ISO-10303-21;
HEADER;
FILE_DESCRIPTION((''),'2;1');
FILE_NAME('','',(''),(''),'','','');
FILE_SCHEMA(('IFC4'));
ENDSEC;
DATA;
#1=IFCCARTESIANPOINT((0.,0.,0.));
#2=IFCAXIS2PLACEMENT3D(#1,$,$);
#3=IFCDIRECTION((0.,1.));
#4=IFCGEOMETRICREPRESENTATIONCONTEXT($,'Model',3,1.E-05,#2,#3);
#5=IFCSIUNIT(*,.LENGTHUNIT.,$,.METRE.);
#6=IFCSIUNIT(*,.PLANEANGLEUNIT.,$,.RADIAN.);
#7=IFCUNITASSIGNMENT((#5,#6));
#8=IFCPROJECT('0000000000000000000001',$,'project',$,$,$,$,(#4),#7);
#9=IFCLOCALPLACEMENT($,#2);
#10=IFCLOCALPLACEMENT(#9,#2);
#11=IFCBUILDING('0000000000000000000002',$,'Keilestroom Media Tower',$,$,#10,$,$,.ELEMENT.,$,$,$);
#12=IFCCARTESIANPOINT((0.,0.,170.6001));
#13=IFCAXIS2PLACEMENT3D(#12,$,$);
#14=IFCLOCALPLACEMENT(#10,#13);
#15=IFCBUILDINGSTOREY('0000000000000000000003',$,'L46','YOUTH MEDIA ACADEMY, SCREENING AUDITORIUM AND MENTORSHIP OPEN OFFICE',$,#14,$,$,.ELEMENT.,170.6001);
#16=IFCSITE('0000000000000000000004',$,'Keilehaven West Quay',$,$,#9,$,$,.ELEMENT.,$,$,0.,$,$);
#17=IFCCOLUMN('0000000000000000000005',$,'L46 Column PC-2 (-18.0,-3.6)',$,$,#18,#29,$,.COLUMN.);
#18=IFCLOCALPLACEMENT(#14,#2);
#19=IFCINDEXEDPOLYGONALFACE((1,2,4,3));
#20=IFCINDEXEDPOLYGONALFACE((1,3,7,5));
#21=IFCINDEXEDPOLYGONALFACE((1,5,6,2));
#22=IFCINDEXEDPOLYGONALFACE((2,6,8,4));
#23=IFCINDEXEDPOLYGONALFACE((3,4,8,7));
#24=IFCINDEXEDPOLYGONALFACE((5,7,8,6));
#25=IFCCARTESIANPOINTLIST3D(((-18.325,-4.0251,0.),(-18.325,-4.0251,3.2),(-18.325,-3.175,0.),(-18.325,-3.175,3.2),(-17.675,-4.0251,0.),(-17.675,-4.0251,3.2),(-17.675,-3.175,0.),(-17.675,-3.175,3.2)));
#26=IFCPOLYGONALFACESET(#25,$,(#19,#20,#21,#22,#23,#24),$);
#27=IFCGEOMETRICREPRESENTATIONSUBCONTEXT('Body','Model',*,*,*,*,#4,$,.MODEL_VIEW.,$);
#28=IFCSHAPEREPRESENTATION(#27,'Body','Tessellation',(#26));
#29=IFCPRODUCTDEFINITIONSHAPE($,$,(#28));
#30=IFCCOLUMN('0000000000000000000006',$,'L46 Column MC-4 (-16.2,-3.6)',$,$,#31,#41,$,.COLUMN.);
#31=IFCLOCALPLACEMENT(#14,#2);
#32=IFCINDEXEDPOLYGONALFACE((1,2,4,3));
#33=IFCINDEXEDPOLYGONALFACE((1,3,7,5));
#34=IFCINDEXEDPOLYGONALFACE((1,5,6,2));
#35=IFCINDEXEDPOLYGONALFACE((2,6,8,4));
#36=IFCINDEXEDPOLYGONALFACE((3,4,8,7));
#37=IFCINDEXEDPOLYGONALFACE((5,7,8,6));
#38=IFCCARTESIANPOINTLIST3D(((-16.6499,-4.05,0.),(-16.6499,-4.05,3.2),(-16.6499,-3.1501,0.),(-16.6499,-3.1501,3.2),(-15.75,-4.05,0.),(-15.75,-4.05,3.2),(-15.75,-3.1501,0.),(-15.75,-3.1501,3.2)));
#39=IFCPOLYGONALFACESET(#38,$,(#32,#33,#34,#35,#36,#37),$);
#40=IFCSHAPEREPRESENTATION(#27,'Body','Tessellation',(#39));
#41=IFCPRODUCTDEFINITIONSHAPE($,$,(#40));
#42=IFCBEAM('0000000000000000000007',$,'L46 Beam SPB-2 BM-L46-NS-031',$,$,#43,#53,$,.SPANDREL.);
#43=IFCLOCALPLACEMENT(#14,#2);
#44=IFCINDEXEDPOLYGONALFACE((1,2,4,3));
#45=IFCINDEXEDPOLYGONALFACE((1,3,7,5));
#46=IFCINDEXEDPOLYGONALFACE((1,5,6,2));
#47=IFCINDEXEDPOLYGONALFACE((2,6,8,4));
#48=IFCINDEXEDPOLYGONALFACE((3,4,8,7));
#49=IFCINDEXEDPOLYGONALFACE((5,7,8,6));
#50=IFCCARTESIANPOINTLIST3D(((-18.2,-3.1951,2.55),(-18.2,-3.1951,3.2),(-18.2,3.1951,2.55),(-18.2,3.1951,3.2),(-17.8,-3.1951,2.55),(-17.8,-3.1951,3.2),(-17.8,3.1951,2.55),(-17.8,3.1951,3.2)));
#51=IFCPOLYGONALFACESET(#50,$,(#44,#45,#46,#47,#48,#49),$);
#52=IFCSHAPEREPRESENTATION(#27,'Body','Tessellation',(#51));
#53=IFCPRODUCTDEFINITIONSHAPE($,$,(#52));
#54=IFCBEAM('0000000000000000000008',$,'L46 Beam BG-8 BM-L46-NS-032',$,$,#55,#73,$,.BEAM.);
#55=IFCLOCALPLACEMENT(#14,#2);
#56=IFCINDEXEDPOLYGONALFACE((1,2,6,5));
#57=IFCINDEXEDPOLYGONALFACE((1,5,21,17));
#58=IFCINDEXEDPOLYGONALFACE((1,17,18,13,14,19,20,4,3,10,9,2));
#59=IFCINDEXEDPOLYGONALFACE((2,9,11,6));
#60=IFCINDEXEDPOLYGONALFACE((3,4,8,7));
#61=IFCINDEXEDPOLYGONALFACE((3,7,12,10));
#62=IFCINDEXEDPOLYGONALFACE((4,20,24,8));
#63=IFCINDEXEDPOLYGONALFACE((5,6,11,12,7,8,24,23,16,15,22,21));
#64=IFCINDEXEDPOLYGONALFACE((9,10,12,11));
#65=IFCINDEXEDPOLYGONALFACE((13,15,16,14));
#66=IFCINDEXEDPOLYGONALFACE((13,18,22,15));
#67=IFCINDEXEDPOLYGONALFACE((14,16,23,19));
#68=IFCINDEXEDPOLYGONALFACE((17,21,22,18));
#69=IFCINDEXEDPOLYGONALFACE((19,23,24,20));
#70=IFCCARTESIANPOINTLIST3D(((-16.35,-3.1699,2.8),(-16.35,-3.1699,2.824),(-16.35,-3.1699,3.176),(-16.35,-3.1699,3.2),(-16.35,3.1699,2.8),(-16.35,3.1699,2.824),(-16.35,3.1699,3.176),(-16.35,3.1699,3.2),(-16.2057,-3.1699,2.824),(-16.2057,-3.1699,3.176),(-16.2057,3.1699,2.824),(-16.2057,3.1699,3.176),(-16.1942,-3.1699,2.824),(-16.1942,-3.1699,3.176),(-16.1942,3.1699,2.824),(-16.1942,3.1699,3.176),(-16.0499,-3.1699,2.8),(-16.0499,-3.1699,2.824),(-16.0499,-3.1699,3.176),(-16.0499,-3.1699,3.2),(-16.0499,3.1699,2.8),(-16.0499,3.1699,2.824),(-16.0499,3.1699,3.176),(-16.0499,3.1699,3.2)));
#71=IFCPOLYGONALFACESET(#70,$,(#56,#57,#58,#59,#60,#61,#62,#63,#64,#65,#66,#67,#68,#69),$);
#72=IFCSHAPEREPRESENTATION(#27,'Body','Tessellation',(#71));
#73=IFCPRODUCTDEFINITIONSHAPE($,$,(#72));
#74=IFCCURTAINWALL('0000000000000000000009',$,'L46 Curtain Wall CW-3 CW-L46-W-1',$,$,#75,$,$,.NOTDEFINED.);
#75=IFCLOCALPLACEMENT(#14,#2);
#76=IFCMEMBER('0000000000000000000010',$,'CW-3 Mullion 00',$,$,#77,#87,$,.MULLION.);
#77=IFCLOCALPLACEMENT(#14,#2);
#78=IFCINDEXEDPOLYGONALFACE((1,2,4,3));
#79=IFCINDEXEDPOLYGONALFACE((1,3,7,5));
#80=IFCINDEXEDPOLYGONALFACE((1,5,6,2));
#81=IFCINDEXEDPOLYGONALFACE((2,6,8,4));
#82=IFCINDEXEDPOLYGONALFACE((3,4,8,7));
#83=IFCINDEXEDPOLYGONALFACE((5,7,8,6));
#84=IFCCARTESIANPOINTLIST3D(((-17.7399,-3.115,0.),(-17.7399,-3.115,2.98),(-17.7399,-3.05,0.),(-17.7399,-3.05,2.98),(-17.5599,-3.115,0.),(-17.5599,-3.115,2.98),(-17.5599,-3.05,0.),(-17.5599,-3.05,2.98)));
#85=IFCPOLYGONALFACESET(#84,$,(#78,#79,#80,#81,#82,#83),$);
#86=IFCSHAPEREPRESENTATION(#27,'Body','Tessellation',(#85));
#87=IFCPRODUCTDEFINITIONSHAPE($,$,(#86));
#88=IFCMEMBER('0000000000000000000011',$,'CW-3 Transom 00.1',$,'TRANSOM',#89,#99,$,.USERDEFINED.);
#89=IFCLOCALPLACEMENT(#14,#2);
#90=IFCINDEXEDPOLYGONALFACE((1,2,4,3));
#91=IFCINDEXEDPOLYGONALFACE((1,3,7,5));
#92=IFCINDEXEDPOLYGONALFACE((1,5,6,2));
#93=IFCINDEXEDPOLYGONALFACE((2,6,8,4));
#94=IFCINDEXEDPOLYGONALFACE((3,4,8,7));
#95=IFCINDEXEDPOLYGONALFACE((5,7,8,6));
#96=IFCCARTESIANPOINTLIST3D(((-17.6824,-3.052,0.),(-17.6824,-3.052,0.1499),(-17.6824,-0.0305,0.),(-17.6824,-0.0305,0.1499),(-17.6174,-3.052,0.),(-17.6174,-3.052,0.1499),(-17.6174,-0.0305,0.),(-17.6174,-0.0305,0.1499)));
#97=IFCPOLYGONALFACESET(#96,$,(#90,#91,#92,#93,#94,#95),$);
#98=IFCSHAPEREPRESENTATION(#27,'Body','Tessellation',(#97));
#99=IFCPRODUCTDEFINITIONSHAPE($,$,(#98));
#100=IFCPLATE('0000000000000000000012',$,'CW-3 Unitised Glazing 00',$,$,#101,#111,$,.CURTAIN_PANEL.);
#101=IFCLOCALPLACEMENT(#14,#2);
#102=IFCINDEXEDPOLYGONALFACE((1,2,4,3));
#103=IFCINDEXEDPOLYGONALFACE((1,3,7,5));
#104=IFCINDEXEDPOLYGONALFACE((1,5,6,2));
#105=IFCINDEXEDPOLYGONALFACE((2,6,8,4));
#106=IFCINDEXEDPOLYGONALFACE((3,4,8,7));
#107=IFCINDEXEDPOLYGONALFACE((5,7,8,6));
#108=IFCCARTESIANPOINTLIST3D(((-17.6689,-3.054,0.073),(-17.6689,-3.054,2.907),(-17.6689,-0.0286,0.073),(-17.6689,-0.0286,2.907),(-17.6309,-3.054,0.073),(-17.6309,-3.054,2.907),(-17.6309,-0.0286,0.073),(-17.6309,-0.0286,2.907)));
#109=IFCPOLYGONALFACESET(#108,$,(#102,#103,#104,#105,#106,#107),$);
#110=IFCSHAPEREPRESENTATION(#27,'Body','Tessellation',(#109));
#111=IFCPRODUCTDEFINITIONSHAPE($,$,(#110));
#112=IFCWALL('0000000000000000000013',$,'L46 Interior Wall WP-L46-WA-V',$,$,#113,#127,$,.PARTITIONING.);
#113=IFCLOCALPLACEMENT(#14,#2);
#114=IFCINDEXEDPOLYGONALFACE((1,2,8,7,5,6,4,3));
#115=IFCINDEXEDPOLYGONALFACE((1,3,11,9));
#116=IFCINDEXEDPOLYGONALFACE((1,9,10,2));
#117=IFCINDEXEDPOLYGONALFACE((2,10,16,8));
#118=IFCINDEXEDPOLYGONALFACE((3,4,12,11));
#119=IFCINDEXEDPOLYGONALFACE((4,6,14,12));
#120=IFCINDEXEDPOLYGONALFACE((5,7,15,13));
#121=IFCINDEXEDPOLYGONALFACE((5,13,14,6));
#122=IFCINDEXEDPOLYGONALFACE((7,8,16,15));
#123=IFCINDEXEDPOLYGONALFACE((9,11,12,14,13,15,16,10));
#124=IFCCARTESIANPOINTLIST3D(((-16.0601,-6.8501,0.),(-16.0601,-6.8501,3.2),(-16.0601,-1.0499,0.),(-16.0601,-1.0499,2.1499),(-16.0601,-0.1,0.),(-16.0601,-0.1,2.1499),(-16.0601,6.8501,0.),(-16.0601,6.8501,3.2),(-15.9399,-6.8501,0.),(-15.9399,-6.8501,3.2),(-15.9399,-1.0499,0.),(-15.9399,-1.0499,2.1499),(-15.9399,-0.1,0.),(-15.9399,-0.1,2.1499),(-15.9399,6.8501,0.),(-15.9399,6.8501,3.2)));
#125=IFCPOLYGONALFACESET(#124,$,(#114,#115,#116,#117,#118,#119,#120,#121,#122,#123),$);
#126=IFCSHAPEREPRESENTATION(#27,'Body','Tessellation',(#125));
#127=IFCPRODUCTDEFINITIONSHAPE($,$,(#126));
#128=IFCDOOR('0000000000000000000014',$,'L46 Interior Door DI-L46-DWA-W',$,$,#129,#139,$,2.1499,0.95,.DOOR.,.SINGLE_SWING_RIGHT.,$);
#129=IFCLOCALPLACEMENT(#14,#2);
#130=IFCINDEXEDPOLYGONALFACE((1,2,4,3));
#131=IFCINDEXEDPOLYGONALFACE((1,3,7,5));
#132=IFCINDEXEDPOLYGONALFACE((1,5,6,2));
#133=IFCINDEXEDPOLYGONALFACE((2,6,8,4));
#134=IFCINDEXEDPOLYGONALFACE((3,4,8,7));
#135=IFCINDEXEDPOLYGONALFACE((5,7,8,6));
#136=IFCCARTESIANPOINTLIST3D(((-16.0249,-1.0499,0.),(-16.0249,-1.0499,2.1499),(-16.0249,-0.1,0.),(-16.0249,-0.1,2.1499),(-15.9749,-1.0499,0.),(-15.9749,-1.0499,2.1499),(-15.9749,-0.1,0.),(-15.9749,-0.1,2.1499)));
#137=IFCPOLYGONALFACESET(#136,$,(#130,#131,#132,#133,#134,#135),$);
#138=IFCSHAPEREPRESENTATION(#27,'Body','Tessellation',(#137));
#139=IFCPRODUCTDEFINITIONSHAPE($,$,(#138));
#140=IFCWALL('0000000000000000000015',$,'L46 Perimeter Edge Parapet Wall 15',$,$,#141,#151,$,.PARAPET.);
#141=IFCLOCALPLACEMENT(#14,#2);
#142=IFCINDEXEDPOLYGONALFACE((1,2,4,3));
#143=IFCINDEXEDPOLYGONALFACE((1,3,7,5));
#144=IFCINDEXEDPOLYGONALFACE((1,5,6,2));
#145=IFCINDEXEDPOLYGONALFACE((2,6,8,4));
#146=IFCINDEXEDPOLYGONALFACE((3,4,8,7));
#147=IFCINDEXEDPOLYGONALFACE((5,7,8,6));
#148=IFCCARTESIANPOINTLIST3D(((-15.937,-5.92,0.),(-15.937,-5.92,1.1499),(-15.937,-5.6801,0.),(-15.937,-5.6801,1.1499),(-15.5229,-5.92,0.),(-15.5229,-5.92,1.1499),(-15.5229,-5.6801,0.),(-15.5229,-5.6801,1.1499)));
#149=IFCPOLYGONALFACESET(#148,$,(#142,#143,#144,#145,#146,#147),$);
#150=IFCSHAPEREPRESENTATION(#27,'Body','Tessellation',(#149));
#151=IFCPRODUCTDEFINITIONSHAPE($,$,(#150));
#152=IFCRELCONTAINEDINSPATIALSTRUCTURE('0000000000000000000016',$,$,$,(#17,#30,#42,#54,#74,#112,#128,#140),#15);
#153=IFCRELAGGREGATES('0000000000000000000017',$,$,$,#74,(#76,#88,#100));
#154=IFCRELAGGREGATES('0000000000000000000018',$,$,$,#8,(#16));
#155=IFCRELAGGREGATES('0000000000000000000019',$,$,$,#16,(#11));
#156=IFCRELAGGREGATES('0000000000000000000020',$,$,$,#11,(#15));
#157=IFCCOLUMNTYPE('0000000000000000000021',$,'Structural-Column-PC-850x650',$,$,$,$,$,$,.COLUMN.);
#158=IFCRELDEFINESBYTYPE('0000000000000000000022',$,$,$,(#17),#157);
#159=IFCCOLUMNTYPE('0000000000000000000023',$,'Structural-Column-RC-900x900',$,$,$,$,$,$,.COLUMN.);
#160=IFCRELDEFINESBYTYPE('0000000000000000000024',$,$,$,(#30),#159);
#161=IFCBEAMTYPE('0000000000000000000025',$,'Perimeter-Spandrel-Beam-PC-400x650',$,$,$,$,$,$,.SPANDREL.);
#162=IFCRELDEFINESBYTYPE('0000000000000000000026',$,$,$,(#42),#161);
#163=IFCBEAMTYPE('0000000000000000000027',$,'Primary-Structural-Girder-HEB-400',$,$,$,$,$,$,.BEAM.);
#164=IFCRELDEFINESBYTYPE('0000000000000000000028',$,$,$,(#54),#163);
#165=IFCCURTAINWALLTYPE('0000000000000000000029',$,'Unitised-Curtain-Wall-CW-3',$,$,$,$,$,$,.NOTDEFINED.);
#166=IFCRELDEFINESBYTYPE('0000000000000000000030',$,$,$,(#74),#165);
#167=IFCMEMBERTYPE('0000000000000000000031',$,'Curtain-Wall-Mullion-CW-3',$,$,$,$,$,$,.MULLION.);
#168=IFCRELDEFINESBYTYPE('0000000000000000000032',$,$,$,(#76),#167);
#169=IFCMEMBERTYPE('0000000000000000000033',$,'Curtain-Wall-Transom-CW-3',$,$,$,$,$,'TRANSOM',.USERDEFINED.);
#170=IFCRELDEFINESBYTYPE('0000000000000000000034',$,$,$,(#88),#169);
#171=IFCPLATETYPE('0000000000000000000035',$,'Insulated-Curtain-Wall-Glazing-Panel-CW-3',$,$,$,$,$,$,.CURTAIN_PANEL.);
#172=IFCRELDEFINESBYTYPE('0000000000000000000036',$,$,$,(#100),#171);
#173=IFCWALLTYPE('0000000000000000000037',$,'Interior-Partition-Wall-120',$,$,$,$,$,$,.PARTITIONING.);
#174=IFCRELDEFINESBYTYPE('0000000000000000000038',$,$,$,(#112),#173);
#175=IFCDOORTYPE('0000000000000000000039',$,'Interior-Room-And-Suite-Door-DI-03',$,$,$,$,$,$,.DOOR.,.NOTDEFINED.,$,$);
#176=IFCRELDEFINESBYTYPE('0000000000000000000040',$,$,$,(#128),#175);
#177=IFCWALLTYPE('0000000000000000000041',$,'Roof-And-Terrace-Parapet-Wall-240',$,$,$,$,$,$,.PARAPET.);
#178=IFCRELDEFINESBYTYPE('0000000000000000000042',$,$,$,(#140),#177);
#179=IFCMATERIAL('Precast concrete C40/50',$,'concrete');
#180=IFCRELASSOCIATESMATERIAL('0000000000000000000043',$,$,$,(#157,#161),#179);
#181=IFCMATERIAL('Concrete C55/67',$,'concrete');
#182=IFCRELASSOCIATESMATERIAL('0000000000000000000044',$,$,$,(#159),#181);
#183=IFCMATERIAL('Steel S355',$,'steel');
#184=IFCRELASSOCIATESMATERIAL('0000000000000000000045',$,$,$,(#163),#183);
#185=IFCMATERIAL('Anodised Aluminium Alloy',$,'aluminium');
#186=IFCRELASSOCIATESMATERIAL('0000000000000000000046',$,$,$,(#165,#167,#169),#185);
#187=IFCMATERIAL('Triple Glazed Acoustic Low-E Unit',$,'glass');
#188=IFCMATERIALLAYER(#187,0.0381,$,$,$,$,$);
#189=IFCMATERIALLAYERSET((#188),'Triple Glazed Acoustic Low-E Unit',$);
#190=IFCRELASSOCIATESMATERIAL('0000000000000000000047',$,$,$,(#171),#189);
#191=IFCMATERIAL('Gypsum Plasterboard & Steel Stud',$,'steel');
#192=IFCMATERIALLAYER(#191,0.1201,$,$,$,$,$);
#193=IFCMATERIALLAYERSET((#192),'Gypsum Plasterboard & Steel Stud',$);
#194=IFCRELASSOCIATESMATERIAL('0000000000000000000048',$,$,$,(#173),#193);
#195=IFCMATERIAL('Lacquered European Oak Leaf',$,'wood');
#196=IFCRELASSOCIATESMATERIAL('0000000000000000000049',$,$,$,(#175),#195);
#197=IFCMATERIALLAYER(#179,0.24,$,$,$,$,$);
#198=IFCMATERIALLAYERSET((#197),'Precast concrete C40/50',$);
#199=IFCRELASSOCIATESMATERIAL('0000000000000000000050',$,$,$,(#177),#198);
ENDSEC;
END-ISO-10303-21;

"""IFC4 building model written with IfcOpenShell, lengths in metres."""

from ifc_helpers import new_model, si_unit, direction, frame, frame_2d, origin, origin_2d, place, context, subcontext, project, spatial, rectangle, i_section, extrude, source, transform, mapped, material, layer, layer_set, material_profile, profile_set, type_object, element, fill, aggregate, save


model = new_model("IFC4")

# Units and contexts
model_context = context("Model", 3, precision=1e-05, world=origin(), true_north=direction((0.0, 1.0)))
body_context = subcontext(model_context, "Body", "Model", "MODEL_VIEW")
ifc_project = project(units=[si_unit("LENGTHUNIT", "METRE"), si_unit("PLANEANGLEUNIT", "RADIAN")], contexts=[model_context])

# Site, building, storey
site_placement = place(None, origin())
site = spatial("IfcSite", under=ifc_project, at=site_placement, Name="Keilehaven West Quay", CompositionType="ELEMENT", RefElevation=0.0)
building_placement = place(site_placement, origin())
building = spatial("IfcBuilding", under=site, at=building_placement, Name="Keilestroom Media Tower", CompositionType="ELEMENT")
storey_placement = place(building_placement, frame((0.0, 0.0, 170.6001)))
storey = spatial("IfcBuildingStorey", under=building, at=storey_placement, Name="L46", Description="YOUTH MEDIA ACADEMY, SCREENING AUDITORIUM AND MENTORSHIP OPEN OFFICE", CompositionType="ELEMENT", Elevation=170.6001)

# Columns
ifc_material_1 = material(Name="Precast concrete C40/50", Category="concrete")
ifc_material_profile_1 = material_profile(ifc_material_1, rectangle(XDim=0.6499, YDim=0.8501, at=origin_2d()), Name="PC 850x650")
ifc_profile_set_1 = profile_set([ifc_material_profile_1], Name="Precast concrete C40/50")
column_type_1 = type_object("IfcColumnType", Name="Structural-Column-PC-850x650", PredefinedType="COLUMN", material=ifc_profile_set_1)
shared_shape_1 = source(origin(), body_context, "Body", "SweptSolid", [
    extrude(rectangle(XDim=0.6499, YDim=0.8501, at=origin_2d()), origin(), (0.0, 0.0, 1.0), 3.2),
])
column_1_placement = place(storey_placement, frame((-18.0, -3.6001, 0.0), z_axis=(0.0, 0.0, 1.0), x_axis=(1.0, 0.0, 0.0)))
element("IfcColumn", 1, at=column_1_placement, inside=storey, type_object=column_type_1, Name="L46 Column PC-2 (-18.0,-3.6)", PredefinedType="COLUMN", context=body_context, shape_type="MappedRepresentation", body=[
    mapped(shared_shape_1, transform((0.0, 0.0, 0.0), x_axis=(1.0, 0.0, 0.0), y_axis=(0.0, 1.0, 0.0), z_axis=(0.0, 0.0, 1.0), scale=1.0)),
])
ifc_material_2 = material(Name="Concrete C55/67", Category="concrete")
ifc_material_profile_2 = material_profile(ifc_material_2, rectangle(XDim=0.8999, YDim=0.8999, at=origin_2d()), Name="RC 900x900")
ifc_profile_set_2 = profile_set([ifc_material_profile_2], Name="Concrete C55/67")
column_type_2 = type_object("IfcColumnType", Name="Structural-Column-RC-900x900", PredefinedType="COLUMN", material=ifc_profile_set_2)
shared_shape_2 = source(origin(), body_context, "Body", "SweptSolid", [
    extrude(rectangle(XDim=0.8999, YDim=0.8999, at=origin_2d()), origin(), (0.0, 0.0, 1.0), 3.2),
])
column_2_placement = place(storey_placement, frame((-16.2, -3.6001, 0.0), z_axis=(0.0, 0.0, 1.0), x_axis=(1.0, 0.0, 0.0)))
element("IfcColumn", 2, at=column_2_placement, inside=storey, type_object=column_type_2, Name="L46 Column MC-4 (-16.2,-3.6)", PredefinedType="COLUMN", context=body_context, shape_type="MappedRepresentation", body=[
    mapped(shared_shape_2, transform((0.0, 0.0, 0.0), x_axis=(1.0, 0.0, 0.0), y_axis=(0.0, 1.0, 0.0), z_axis=(0.0, 0.0, 1.0), scale=1.0)),
])

# Beams
ifc_material_profile_3 = material_profile(ifc_material_1, rectangle(XDim=0.3999, YDim=0.6499, at=origin_2d()), Name="PC 400x650")
ifc_profile_set_3 = profile_set([ifc_material_profile_3], Name="Precast concrete C40/50")
beam_type_1 = type_object("IfcBeamType", Name="Perimeter-Spandrel-Beam-PC-400x650", PredefinedType="SPANDREL", material=ifc_profile_set_3)
shared_shape_3 = source(origin(), body_context, "Body", "SweptSolid", [
    extrude(rectangle(XDim=0.3999, YDim=0.6499, at=origin_2d()), origin(), (0.0, 0.0, 1.0), 6.3901),
])
beam_1_placement = place(storey_placement, frame((-18.0, -3.1951, 2.875), z_axis=(0.0, 1.0, 0.0), x_axis=(-1.0, 0.0, 0.0)))
element("IfcBeam", 3, at=beam_1_placement, inside=storey, type_object=beam_type_1, Name="L46 Beam SPB-2 BM-L46-NS-031", PredefinedType="SPANDREL", context=body_context, shape_type="MappedRepresentation", body=[
    mapped(shared_shape_3, transform((0.0, 0.0, 0.0), x_axis=(1.0, 0.0, 0.0), y_axis=(0.0, 1.0, 0.0), z_axis=(0.0, 0.0, 1.0), scale=1.0)),
])
ifc_material_3 = material(Name="Steel S355", Category="steel")
ifc_material_profile_4 = material_profile(ifc_material_3, i_section(OverallWidth=0.3, OverallDepth=0.3999, WebThickness=0.0115, FlangeThickness=0.0239, at=origin_2d()), Name="HEB 400")
ifc_profile_set_4 = profile_set([ifc_material_profile_4], Name="Steel S355")
beam_type_2 = type_object("IfcBeamType", Name="Primary-Structural-Girder-HEB-400", PredefinedType="BEAM", material=ifc_profile_set_4)
shared_shape_4 = source(origin(), body_context, "Body", "SweptSolid", [
    extrude(i_section(OverallWidth=0.3, OverallDepth=0.3999, WebThickness=0.0115, FlangeThickness=0.0239, at=origin_2d()), origin(), (0.0, 0.0, 1.0), 6.3398),
])
beam_2_placement = place(storey_placement, frame((-16.2, -3.1699, 3.0), z_axis=(0.0, 1.0, 0.0), x_axis=(-1.0, 0.0, 0.0)))
element("IfcBeam", 4, at=beam_2_placement, inside=storey, type_object=beam_type_2, Name="L46 Beam BG-8 BM-L46-NS-032", PredefinedType="BEAM", context=body_context, shape_type="MappedRepresentation", body=[
    mapped(shared_shape_4, transform((0.0, 0.0, 0.0), x_axis=(1.0, 0.0, 0.0), y_axis=(0.0, 1.0, 0.0), z_axis=(0.0, 0.0, 1.0), scale=1.0)),
])

# Curtain wall, members, plate
ifc_material_4 = material(Name="Anodised Aluminium Alloy", Category="aluminium")
curtain_wall_type = type_object("IfcCurtainWallType", Name="Unitised-Curtain-Wall-CW-3", PredefinedType="NOTDEFINED", material=ifc_material_4)
curtain_wall_placement = place(storey_placement, origin())
curtain_wall = element("IfcCurtainWall", 5, at=curtain_wall_placement, inside=storey, type_object=curtain_wall_type, Name="L46 Curtain Wall CW-3 CW-L46-W-1", PredefinedType="NOTDEFINED")
ifc_material_profile_5 = material_profile(ifc_material_4, rectangle(XDim=0.0649, YDim=0.1799, at=origin_2d()), Name="ALU MULLION 65x180")
ifc_profile_set_5 = profile_set([ifc_material_profile_5], Name="Anodised Aluminium Alloy")
member_type_1 = type_object("IfcMemberType", Name="Curtain-Wall-Mullion-CW-3", PredefinedType="MULLION", material=ifc_profile_set_5)
shared_shape_5 = source(origin(), body_context, "Body", "SweptSolid", [
    extrude(rectangle(XDim=0.0649, YDim=0.1799, at=origin_2d()), origin(), (0.0, 0.0, 1.0), 2.98),
])
member_1_placement = place(storey_placement, frame((-17.6499, -3.0825, 0.0), z_axis=(0.0, 0.0, 1.0), x_axis=(0.0, 1.0, 0.0)))
member_1 = element("IfcMember", 6, at=member_1_placement, type_object=member_type_1, Name="CW-3 Mullion 00", PredefinedType="MULLION", context=body_context, shape_type="MappedRepresentation", body=[
    mapped(shared_shape_5, transform((0.0, 0.0, 0.0), x_axis=(1.0, 0.0, 0.0), y_axis=(0.0, 1.0, 0.0), z_axis=(0.0, 0.0, 1.0), scale=1.0)),
])
ifc_material_profile_6 = material_profile(ifc_material_4, rectangle(XDim=0.0649, YDim=0.1499, at=origin_2d()), Name="ALU TRANSOM 65x150")
ifc_profile_set_6 = profile_set([ifc_material_profile_6], Name="Anodised Aluminium Alloy")
member_type_2 = type_object("IfcMemberType", Name="Curtain-Wall-Transom-CW-3", ElementType="TRANSOM", PredefinedType="USERDEFINED", material=ifc_profile_set_6)
shared_shape_6 = source(origin(), body_context, "Body", "SweptSolid", [
    extrude(rectangle(XDim=0.0649, YDim=0.1499, at=origin_2d()), origin(), (0.0, 0.0, 1.0), 3.0215),
])
member_2_placement = place(storey_placement, frame((-17.6499, -3.052, 0.075), z_axis=(0.0, 1.0, 0.0), x_axis=(-1.0, 0.0, 0.0)))
member_2 = element("IfcMember", 7, at=member_2_placement, type_object=member_type_2, Name="CW-3 Transom 00.1", ObjectType="TRANSOM", PredefinedType="USERDEFINED", context=body_context, shape_type="MappedRepresentation", body=[
    mapped(shared_shape_6, transform((0.0, 0.0, 0.0), x_axis=(1.0, 0.0, 0.0), y_axis=(0.0, 1.0, 0.0), z_axis=(0.0, 0.0, 1.0), scale=1.0)),
])
ifc_material_5 = material(Name="Triple Glazed Acoustic Low-E Unit", Category="glass")
ifc_layer_1 = layer(ifc_material_5, 0.0381)
ifc_layer_set_1 = layer_set([ifc_layer_1], Name="Triple Glazed Acoustic Low-E Unit")
plate_type = type_object("IfcPlateType", Name="Insulated-Curtain-Wall-Glazing-Panel-CW-3", PredefinedType="CURTAIN_PANEL", material=ifc_layer_set_1)
shared_shape_7 = source(origin(), body_context, "Body", "SweptSolid", [
    extrude(rectangle(XDim=3.0254, YDim=0.0381, at=origin_2d()), origin(), (0.0, 0.0, 1.0), 2.834),
])
plate_placement = place(storey_placement, frame((-17.6499, -1.5413, 0.073), z_axis=(0.0, 0.0, 1.0), x_axis=(0.0, 1.0, 0.0)))
plate = element("IfcPlate", 8, at=plate_placement, type_object=plate_type, Name="CW-3 Unitised Glazing 00", PredefinedType="CURTAIN_PANEL", context=body_context, shape_type="MappedRepresentation", body=[
    mapped(shared_shape_7, transform((0.0, 0.0, 0.0), x_axis=(1.0, 0.0, 0.0), y_axis=(0.0, 1.0, 0.0), z_axis=(0.0, 0.0, 1.0), scale=1.0)),
])
aggregate(curtain_wall, [member_1, member_2, plate])

# Wall, opening, door
ifc_material_6 = material(Name="Gypsum Plasterboard & Steel Stud", Category="steel")
ifc_layer_2 = layer(ifc_material_6, 0.1201)
ifc_layer_set_2 = layer_set([ifc_layer_2], Name="Gypsum Plasterboard & Steel Stud")
wall_type_1 = type_object("IfcWallType", Name="Interior-Partition-Wall-120", PredefinedType="PARTITIONING", material=ifc_layer_set_2)
wall_1_placement = place(storey_placement, frame((-16.0, -6.8501, 0.0), z_axis=(0.0, 0.0, 1.0), x_axis=(0.0, 1.0, 0.0)))
wall_1 = element("IfcWall", 9, at=wall_1_placement, inside=storey, type_object=wall_type_1, Name="L46 Interior Wall WP-L46-WA-V", PredefinedType="PARTITIONING", context=body_context, shape_type="SweptSolid", body=[
    extrude(rectangle(XDim=13.7002, YDim=0.1201, at=frame_2d((6.8501, 0.0))), origin(), (0.0, 0.0, 1.0), 3.2),
])
opening_placement = place(wall_1_placement, frame((5.8, 0.0, 0.0)))
opening = element("IfcOpeningElement", 10, at=opening_placement, cuts=wall_1, PredefinedType="OPENING", context=body_context, shape_type="SweptSolid", body=[
    extrude(rectangle(XDim=0.95, YDim=2.1499, at=frame_2d((0.4751, 1.075))), frame((0.0, 0.0701, 0.0), z_axis=(0.0, -1.0, 0.0), x_axis=(1.0, 0.0, 0.0)), (0.0, 0.0, 1.0), 0.1401),
])
ifc_material_7 = material(Name="Lacquered European Oak Leaf", Category="wood")
door_type = type_object("IfcDoorType", Name="Interior-Room-And-Suite-Door-DI-03", OperationType="NOTDEFINED", PredefinedType="DOOR", material=ifc_material_7)
shared_shape_8 = source(origin(), body_context, "Body", "SweptSolid", [
    extrude(rectangle(XDim=0.95, YDim=2.1499, at=frame_2d((0.4751, 1.075))), frame((0.0, 0.0249, 0.0), z_axis=(0.0, -1.0, 0.0), x_axis=(1.0, 0.0, 0.0)), (0.0, 0.0, 1.0), 0.05),
])
door_placement = place(opening_placement, origin())
door = element("IfcDoor", 11, at=door_placement, inside=storey, type_object=door_type, Name="L46 Interior Door DI-L46-DWA-W", OperationType="SINGLE_SWING_RIGHT", OverallHeight=2.1499, OverallWidth=0.95, PredefinedType="DOOR", context=body_context, shape_type="MappedRepresentation", body=[
    mapped(shared_shape_8, transform((0.0, 0.0, 0.0), x_axis=(1.0, 0.0, 0.0), y_axis=(0.0, 1.0, 0.0), z_axis=(0.0, 0.0, 1.0), scale=1.0)),
])
fill(opening, door)

# Wall
ifc_layer_3 = layer(ifc_material_1, 0.24)
ifc_layer_set_3 = layer_set([ifc_layer_3], Name="Precast concrete C40/50")
wall_type_2 = type_object("IfcWallType", Name="Roof-And-Terrace-Parapet-Wall-240", PredefinedType="PARAPET", material=ifc_layer_set_3)
wall_2_placement = place(storey_placement, frame((-15.5229, -5.8, 0.0), z_axis=(0.0, 0.0, 1.0), x_axis=(-1.0, 0.0, 0.0)))
element("IfcWall", 12, at=wall_2_placement, inside=storey, type_object=wall_type_2, Name="L46 Perimeter Edge Parapet Wall 15", PredefinedType="PARAPET", context=body_context, shape_type="SweptSolid", body=[
    extrude(rectangle(XDim=0.4141, YDim=0.24, at=frame_2d((0.207, 0.0))), origin(), (0.0, 0.0, 1.0), 1.1499),
])

save(model, "model.ifc")
